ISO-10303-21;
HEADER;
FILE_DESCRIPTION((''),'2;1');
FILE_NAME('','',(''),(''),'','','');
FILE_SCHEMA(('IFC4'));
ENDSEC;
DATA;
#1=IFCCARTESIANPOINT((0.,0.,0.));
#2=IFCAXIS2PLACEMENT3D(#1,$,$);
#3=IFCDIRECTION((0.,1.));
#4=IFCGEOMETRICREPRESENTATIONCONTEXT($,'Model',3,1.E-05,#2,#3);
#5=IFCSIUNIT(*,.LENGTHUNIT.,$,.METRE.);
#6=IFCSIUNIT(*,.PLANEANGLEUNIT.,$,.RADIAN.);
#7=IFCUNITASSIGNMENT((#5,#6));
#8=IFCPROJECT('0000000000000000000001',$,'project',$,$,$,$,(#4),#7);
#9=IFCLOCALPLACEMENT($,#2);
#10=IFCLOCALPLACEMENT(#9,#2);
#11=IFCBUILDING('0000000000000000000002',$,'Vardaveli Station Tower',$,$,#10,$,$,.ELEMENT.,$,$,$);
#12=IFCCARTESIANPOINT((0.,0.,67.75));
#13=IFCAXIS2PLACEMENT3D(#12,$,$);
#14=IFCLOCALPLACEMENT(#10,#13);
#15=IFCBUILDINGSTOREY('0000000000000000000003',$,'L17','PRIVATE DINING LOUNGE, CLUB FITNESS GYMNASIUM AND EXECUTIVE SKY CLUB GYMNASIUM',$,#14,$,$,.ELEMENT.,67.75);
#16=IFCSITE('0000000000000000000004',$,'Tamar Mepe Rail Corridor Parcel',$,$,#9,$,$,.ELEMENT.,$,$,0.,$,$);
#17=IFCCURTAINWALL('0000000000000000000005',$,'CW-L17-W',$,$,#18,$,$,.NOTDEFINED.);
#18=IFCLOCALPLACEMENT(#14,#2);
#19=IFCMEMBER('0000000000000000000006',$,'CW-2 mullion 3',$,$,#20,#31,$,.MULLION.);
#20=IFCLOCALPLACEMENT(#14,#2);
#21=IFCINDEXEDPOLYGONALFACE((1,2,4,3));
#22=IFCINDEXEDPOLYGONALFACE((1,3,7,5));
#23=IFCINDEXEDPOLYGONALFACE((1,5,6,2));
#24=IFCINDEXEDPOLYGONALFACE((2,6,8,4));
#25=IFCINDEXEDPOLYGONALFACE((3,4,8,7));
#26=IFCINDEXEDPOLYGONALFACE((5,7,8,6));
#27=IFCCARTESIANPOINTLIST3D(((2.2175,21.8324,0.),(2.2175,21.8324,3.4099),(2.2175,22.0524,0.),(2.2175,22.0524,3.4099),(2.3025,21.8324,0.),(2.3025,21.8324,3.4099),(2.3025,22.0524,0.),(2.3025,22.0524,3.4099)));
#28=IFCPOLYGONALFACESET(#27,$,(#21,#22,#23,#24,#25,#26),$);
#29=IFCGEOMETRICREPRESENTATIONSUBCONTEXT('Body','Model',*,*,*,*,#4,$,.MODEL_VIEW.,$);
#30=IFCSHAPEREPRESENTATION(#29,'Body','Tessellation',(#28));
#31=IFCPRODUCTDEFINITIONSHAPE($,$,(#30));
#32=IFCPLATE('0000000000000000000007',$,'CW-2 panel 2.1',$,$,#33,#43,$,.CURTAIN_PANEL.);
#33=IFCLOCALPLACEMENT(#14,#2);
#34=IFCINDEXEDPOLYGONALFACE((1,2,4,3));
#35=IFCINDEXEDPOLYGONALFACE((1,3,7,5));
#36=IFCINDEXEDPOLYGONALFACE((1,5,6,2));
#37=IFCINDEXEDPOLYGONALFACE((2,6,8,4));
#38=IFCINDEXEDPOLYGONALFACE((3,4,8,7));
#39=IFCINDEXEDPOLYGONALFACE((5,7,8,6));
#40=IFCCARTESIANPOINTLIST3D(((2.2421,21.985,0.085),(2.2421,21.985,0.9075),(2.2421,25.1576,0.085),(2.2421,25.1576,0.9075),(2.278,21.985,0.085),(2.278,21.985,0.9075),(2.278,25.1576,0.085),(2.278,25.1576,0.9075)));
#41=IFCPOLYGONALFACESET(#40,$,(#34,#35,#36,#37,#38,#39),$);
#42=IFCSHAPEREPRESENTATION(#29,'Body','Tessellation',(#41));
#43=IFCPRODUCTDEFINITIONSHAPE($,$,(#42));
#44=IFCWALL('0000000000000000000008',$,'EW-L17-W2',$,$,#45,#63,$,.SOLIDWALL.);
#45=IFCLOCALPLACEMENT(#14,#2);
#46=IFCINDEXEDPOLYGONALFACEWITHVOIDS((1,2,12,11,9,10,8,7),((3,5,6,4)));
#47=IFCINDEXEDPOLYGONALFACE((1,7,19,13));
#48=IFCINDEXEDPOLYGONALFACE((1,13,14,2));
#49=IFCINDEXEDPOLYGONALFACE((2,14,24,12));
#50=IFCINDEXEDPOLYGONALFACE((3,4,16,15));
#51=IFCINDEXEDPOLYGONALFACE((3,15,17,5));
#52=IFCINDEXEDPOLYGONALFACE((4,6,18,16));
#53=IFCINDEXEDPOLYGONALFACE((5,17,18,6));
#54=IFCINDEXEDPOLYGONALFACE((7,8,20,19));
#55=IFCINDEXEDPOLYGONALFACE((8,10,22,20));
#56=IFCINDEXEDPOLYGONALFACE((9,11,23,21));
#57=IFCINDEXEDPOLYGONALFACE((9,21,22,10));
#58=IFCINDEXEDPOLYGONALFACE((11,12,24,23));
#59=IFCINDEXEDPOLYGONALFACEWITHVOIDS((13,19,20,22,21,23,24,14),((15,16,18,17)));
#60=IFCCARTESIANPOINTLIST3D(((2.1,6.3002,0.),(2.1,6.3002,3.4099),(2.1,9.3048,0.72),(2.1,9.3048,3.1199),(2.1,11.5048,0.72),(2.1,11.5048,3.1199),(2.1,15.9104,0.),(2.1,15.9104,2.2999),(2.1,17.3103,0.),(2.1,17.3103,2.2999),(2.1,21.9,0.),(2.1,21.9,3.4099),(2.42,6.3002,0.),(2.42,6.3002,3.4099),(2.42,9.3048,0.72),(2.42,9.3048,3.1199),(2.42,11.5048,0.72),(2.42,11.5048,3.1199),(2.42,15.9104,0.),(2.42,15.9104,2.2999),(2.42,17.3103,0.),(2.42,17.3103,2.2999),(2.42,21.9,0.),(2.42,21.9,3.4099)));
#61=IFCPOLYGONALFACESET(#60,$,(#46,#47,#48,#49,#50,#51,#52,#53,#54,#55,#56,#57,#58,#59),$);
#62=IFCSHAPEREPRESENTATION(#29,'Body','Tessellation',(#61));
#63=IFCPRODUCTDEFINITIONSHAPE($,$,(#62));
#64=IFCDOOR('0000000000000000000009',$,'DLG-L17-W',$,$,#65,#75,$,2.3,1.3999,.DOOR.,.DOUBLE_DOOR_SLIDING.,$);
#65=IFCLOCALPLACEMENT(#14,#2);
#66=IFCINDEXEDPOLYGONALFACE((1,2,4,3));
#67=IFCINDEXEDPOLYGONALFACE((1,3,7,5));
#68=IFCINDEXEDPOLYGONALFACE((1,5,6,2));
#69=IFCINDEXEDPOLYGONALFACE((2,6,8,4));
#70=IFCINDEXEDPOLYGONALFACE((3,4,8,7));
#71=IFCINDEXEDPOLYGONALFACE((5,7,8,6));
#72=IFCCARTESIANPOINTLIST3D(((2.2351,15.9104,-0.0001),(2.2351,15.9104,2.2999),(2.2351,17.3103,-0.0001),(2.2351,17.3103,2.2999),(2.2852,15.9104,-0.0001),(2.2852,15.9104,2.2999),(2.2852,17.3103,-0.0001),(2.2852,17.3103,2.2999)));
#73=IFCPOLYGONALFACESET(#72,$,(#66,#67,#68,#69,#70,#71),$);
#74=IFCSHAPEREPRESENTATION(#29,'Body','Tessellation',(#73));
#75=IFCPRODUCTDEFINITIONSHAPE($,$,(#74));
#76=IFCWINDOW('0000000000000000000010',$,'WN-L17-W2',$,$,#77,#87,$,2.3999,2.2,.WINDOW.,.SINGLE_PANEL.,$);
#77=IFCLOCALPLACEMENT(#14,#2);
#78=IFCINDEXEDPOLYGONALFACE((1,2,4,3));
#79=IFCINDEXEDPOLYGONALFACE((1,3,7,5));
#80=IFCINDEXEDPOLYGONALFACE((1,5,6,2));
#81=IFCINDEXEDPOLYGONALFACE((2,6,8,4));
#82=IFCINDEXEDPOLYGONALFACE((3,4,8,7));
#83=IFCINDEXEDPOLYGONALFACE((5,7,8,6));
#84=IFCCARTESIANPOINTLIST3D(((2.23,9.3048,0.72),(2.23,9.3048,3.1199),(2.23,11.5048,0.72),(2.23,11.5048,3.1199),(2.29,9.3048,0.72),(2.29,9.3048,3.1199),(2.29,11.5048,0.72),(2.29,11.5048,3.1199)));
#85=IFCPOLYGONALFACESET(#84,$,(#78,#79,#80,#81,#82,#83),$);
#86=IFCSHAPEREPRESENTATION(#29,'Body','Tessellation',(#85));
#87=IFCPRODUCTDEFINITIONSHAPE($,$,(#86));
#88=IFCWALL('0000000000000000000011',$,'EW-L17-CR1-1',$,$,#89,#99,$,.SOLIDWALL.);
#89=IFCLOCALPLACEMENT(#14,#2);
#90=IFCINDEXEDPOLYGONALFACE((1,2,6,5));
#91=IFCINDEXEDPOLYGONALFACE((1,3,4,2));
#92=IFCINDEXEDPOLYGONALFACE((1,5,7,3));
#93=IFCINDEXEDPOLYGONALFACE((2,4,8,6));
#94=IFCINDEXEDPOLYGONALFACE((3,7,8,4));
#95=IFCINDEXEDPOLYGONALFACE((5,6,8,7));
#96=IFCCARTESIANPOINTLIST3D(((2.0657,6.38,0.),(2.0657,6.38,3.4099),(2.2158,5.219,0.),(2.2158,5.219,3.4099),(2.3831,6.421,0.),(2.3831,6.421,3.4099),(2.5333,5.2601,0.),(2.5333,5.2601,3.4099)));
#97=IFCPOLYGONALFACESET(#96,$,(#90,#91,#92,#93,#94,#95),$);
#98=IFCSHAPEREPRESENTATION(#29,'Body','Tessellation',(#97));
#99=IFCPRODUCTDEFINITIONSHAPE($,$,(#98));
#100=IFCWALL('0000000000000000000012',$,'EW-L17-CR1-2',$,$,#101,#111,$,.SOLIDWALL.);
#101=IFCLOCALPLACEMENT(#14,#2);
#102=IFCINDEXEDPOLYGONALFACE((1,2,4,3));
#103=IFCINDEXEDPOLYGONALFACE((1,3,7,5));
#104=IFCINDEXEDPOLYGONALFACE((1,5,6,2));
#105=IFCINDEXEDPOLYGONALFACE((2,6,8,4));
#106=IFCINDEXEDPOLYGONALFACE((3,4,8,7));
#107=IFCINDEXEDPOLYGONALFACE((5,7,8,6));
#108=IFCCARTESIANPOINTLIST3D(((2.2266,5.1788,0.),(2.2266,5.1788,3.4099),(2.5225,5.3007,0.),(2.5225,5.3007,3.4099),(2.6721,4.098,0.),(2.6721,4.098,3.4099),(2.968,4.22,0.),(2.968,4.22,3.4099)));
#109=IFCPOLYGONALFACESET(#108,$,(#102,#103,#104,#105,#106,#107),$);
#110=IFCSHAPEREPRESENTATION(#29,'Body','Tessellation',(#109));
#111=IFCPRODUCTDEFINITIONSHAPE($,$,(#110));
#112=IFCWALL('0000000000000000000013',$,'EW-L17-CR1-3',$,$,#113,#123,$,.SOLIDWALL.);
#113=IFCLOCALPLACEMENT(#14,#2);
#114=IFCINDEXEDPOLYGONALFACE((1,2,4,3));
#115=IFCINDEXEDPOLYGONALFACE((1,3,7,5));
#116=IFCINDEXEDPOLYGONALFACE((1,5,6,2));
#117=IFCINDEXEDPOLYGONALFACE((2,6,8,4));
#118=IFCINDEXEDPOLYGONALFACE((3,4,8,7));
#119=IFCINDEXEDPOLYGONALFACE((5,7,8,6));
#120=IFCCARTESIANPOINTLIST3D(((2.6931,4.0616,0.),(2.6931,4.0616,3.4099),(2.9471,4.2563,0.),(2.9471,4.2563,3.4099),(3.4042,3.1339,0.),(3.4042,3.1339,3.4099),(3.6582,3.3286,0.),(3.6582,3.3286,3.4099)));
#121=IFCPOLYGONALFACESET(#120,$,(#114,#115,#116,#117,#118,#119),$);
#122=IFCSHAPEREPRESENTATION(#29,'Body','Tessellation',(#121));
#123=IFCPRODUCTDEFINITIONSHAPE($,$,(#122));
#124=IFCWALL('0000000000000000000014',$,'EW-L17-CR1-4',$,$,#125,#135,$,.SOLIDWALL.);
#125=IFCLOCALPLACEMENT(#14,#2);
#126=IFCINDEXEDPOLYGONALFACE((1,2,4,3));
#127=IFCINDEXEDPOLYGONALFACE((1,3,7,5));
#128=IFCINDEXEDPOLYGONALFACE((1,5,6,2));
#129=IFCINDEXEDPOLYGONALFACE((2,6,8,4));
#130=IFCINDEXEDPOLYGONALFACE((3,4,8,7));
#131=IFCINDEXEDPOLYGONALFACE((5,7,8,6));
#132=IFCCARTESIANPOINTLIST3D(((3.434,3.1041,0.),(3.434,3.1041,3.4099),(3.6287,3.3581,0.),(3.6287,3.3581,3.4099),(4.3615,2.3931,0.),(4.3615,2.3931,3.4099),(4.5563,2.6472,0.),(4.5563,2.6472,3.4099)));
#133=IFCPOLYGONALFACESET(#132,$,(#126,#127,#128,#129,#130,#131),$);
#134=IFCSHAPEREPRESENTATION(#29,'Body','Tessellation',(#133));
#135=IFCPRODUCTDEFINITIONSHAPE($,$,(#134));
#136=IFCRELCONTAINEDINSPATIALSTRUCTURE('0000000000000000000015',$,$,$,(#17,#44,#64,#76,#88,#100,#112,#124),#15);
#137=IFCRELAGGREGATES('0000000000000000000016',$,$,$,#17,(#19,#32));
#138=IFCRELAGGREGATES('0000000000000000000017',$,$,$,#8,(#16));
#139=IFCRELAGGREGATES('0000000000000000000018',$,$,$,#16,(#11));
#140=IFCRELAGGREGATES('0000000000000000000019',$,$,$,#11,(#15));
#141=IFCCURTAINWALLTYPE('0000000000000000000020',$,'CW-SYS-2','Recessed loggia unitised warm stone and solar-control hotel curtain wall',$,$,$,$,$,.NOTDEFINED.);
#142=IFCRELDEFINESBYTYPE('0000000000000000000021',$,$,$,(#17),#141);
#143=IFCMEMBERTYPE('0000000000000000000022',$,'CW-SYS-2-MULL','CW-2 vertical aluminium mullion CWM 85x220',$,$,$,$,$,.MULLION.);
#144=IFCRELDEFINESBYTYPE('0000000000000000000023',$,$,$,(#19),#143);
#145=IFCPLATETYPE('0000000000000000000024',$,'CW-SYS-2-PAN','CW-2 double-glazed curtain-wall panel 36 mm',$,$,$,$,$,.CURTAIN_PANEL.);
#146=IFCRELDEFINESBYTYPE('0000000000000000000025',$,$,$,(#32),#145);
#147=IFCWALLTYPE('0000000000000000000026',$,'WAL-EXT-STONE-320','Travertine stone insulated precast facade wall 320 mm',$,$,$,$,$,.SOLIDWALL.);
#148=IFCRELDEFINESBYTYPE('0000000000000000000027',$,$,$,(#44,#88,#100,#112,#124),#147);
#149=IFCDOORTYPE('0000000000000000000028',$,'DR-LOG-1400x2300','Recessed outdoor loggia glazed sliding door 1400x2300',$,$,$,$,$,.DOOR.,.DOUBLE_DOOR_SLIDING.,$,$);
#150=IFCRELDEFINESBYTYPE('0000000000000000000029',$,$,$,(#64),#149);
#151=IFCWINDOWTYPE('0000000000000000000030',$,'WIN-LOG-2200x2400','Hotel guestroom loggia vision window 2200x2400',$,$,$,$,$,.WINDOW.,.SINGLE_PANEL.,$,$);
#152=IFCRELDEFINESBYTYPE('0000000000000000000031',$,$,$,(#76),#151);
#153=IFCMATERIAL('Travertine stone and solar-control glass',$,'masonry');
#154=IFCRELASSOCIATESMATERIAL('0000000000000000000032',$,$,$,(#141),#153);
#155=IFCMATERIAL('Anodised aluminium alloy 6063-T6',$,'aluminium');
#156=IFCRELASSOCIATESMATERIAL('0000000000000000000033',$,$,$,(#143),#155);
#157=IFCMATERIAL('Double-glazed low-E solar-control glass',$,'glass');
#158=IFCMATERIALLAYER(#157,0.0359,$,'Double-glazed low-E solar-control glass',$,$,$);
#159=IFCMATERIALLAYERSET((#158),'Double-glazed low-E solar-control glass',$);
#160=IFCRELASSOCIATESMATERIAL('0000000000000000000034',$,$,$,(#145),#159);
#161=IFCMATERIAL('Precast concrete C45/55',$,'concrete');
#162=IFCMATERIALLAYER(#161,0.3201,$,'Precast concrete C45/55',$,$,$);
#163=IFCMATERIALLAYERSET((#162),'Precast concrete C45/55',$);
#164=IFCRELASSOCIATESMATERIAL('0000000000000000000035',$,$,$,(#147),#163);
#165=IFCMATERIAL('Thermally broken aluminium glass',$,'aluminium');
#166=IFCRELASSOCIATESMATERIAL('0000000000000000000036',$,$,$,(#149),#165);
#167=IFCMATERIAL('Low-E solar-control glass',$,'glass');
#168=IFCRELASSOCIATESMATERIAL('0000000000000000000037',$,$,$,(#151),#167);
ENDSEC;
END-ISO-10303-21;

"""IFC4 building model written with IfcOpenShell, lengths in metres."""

from ifc_helpers import new_model, si_unit, direction, frame, frame_2d, origin, origin_2d, place, context, subcontext, project, spatial, rectangle, extrude, source, transform, mapped, material, layer, layer_set, material_profile, profile_set, type_object, element, fill, aggregate, save


model = new_model("IFC4")

# Units and contexts
model_context = context("Model", 3, precision=1e-05, world=origin(), true_north=direction((0.0, 1.0)))
body_context = subcontext(model_context, "Body", "Model", "MODEL_VIEW")
ifc_project = project(units=[si_unit("LENGTHUNIT", "METRE"), si_unit("PLANEANGLEUNIT", "RADIAN")], contexts=[model_context])

# Site, building, storey
site_placement = place(None, origin())
site = spatial("IfcSite", under=ifc_project, at=site_placement, Name="Tamar Mepe Rail Corridor Parcel", CompositionType="ELEMENT", RefElevation=0.0)
building_placement = place(site_placement, origin())
building = spatial("IfcBuilding", under=site, at=building_placement, Name="Vardaveli Station Tower", CompositionType="ELEMENT")
storey_placement = place(building_placement, frame((0.0, 0.0, 67.75)))
storey = spatial("IfcBuildingStorey", under=building, at=storey_placement, Name="L17", Description="PRIVATE DINING LOUNGE, CLUB FITNESS GYMNASIUM AND EXECUTIVE SKY CLUB GYMNASIUM", CompositionType="ELEMENT", Elevation=67.75)

# Shared definitions
ifc_material_1 = material(Name="Precast concrete C45/55", Category="concrete")

# Curtain wall, member, plate
ifc_material_2 = material(Name="Travertine stone and solar-control glass", Category="masonry")
curtain_wall_type = type_object("IfcCurtainWallType", Name="CW-SYS-2", Description="Recessed loggia unitised warm stone and solar-control hotel curtain wall", PredefinedType="NOTDEFINED", material=ifc_material_2)
curtain_wall_placement = place(storey_placement, origin())
curtain_wall = element("IfcCurtainWall", 1, at=curtain_wall_placement, inside=storey, type_object=curtain_wall_type, Name="CW-L17-W", PredefinedType="NOTDEFINED")
ifc_material_3 = material(Name="Anodised aluminium alloy 6063-T6", Category="aluminium")
ifc_material_profile_1 = material_profile(ifc_material_3, rectangle(XDim=0.085, YDim=0.22, at=origin_2d()), Name="CWM 85x220")
ifc_profile_set_1 = profile_set([ifc_material_profile_1], Name="Anodised aluminium alloy 6063-T6")
member_type = type_object("IfcMemberType", Name="CW-SYS-2-MULL", Description="CW-2 vertical aluminium mullion CWM 85x220", PredefinedType="MULLION", material=ifc_profile_set_1)
shared_shape_1 = source(origin(), body_context, "Body", "SweptSolid", [
    extrude(rectangle(XDim=0.085, YDim=0.22, at=origin_2d()), origin(), (0.0, 0.0, 1.0), 3.4099),
])
member_placement = place(storey_placement, frame((2.26, 21.9424, 0.0), z_axis=(0.0, 0.0, 1.0), x_axis=(1.0, 0.0, 0.0)))
member = element("IfcMember", 2, at=member_placement, type_object=member_type, Name="CW-2 mullion 3", PredefinedType="MULLION", context=body_context, shape_type="MappedRepresentation", body=[
    mapped(shared_shape_1, transform((0.0, 0.0, 0.0), scale=1.0)),
])
ifc_material_4 = material(Name="Double-glazed low-E solar-control glass", Category="glass")
ifc_layer_1 = layer(ifc_material_4, 0.0359, Name="Double-glazed low-E solar-control glass")
ifc_layer_set_1 = layer_set([ifc_layer_1], Name="Double-glazed low-E solar-control glass")
plate_type = type_object("IfcPlateType", Name="CW-SYS-2-PAN", Description="CW-2 double-glazed curtain-wall panel 36 mm", PredefinedType="CURTAIN_PANEL", material=ifc_layer_set_1)
shared_shape_2 = source(origin(), body_context, "Body", "SweptSolid", [
    extrude(rectangle(XDim=3.1726, YDim=0.0359, at=origin_2d()), origin(), (0.0, 0.0, 1.0), 0.8225),
])
plate_placement = place(storey_placement, frame((2.26, 23.5713, 0.085), z_axis=(0.0, 0.0, 1.0), x_axis=(0.0, -1.0, 0.0)))
plate = element("IfcPlate", 3, at=plate_placement, type_object=plate_type, Name="CW-2 panel 2.1", PredefinedType="CURTAIN_PANEL", context=body_context, shape_type="MappedRepresentation", body=[
    mapped(shared_shape_2, transform((0.0, 0.0, 0.0), scale=1.0)),
])
aggregate(curtain_wall, [member, plate])

# Wall, openings, door, window
ifc_layer_2 = layer(ifc_material_1, 0.3201, Name="Precast concrete C45/55")
ifc_layer_set_2 = layer_set([ifc_layer_2], Name="Precast concrete C45/55")
wall_type_1 = type_object("IfcWallType", Name="WAL-EXT-STONE-320", Description="Travertine stone insulated precast facade wall 320 mm", PredefinedType="SOLIDWALL", material=ifc_layer_set_2)
shared_shape_3 = source(origin(), body_context, "Body", "SweptSolid", [
    extrude(rectangle(XDim=15.5999, YDim=0.3201, at=frame_2d((7.7998, 0.0))), origin(), (0.0, 0.0, 1.0), 3.4099),
])
wall_1_placement = place(storey_placement, frame((2.26, 21.8999, 0.0), z_axis=(0.0, 0.0, 1.0), x_axis=(0.0, -1.0, 0.0)))
wall_1 = element("IfcWall", 4, at=wall_1_placement, inside=storey, type_object=wall_type_1, Name="EW-L17-W2", PredefinedType="SOLIDWALL", context=body_context, shape_type="MappedRepresentation", body=[
    mapped(shared_shape_3, transform((0.0, 0.0, 0.0), scale=1.0)),
])
shared_shape_4 = source(origin(), body_context, "Body", "SweptSolid", [
    extrude(rectangle(XDim=1.3999, YDim=2.3, at=frame_2d((0.7, 1.1499))), frame((0.0, 0.1699, 0.0), z_axis=(0.0, -1.0, 0.0), x_axis=(1.0, 0.0, 0.0)), (0.0, 0.0, 1.0), 0.3401),
])
opening_1_placement = place(wall_1_placement, frame((4.5896, 0.0, 0.0)))
opening_1 = element("IfcOpeningElement", 5, at=opening_1_placement, cuts=wall_1, PredefinedType="OPENING", context=body_context, shape_type="MappedRepresentation", body=[
    mapped(shared_shape_4, transform((0.0, 0.0, 0.0), scale=1.0)),
])
shared_shape_5 = source(origin(), body_context, "Body", "SweptSolid", [
    extrude(rectangle(XDim=2.2, YDim=2.3999, at=frame_2d((1.1001, 1.2))), frame((0.0, 0.1699, 0.0), z_axis=(0.0, -1.0, 0.0), x_axis=(1.0, 0.0, 0.0)), (0.0, 0.0, 1.0), 0.3401),
])
opening_2_placement = place(wall_1_placement, frame((10.395, 0.0, 0.72)))
opening_2 = element("IfcOpeningElement", 6, at=opening_2_placement, cuts=wall_1, PredefinedType="OPENING", context=body_context, shape_type="MappedRepresentation", body=[
    mapped(shared_shape_5, transform((0.0, 0.0, 0.0), scale=1.0)),
])
ifc_material_5 = material(Name="Thermally broken aluminium glass", Category="aluminium")
door_type_1 = type_object("IfcDoorType", Name="DR-LOG-1400x2300", Description="Recessed outdoor loggia glazed sliding door 1400x2300", OperationType="DOUBLE_DOOR_SLIDING", PredefinedType="DOOR", material=ifc_material_5)
shared_shape_6 = source(origin(), body_context, "Body", "SweptSolid", [
    extrude(rectangle(XDim=1.3999, YDim=2.3, at=frame_2d((0.7, 1.1499))), frame((0.0, 0.0249, 0.0), z_axis=(0.0, -1.0, 0.0), x_axis=(1.0, 0.0, 0.0)), (0.0, 0.0, 1.0), 0.05),
])
door_1_placement = place(opening_1_placement, frame((1.3999, 0.0, 0.0), z_axis=(0.0, 0.0, 1.0), x_axis=(-1.0, 0.0, 0.0)))
door_1 = element("IfcDoor", 7, at=door_1_placement, inside=storey, type_object=door_type_1, Name="DLG-L17-W", OperationType="DOUBLE_DOOR_SLIDING", OverallHeight=2.3, OverallWidth=1.3999, PredefinedType="DOOR", context=body_context, shape_type="MappedRepresentation", body=[
    mapped(shared_shape_6, transform((0.0, 0.0, 0.0), scale=1.0)),
])
fill(opening_1, door_1)
ifc_material_6 = material(Name="Low-E solar-control glass", Category="glass")
window_type = type_object("IfcWindowType", Name="WIN-LOG-2200x2400", Description="Hotel guestroom loggia vision window 2200x2400", PartitioningType="SINGLE_PANEL", PredefinedType="WINDOW", material=ifc_material_6)
shared_shape_7 = source(origin(), body_context, "Body", "SweptSolid", [
    extrude(rectangle(XDim=2.2, YDim=2.3999, at=frame_2d((1.1001, 1.2))), frame((0.0, 0.03, 0.0), z_axis=(0.0, -1.0, 0.0), x_axis=(1.0, 0.0, 0.0)), (0.0, 0.0, 1.0), 0.0601),
])
window_placement = place(opening_2_placement, origin())
window = element("IfcWindow", 8, at=window_placement, inside=storey, type_object=window_type, Name="WN-L17-W2", OverallHeight=2.3999, OverallWidth=2.2, PartitioningType="SINGLE_PANEL", PredefinedType="WINDOW", context=body_context, shape_type="MappedRepresentation", body=[
    mapped(shared_shape_7, transform((0.0, 0.0, 0.0), scale=1.0)),
])
fill(opening_2, window)

# Walls
shared_shape_8 = source(origin(), body_context, "Body", "SweptSolid", [
    extrude(rectangle(XDim=1.1707, YDim=0.3201, at=frame_2d((0.5854, 0.0))), origin(), (0.0, 0.0, 1.0), 3.4099),
])
wall_2_placement = place(storey_placement, frame((2.2244, 6.4006, 0.0), z_axis=(0.0, 0.0, 1.0), x_axis=(0.128269, -0.991739, 0.0)))
element("IfcWall", 9, at=wall_2_placement, inside=storey, type_object=wall_type_1, Name="EW-L17-CR1-1", PredefinedType="SOLIDWALL", context=body_context, shape_type="MappedRepresentation", body=[
    mapped(shared_shape_8, transform((0.0, 0.0, 0.0), scale=1.0)),
])
shared_shape_9 = source(origin(), body_context, "Body", "SweptSolid", [
    extrude(rectangle(XDim=1.1689, YDim=0.3201, at=frame_2d((0.5845, 0.0))), origin(), (0.0, 0.0, 1.0), 3.4099),
])
for number, where, z_axis, x_axis, name in (
    (10, (2.3745, 5.2397, 0.0), (0.0, 0.0, 1.0), (0.381128, -0.924522, 0.0), "EW-L17-CR1-2"),
    (11, (2.8201, 4.1589, 0.0), (0.0, 0.0, 1.0), (0.608388, -0.79364, 0.0), "EW-L17-CR1-3"),
):
    element("IfcWall", number, at=place(storey_placement, frame(where, z_axis=z_axis, x_axis=x_axis)), inside=storey, type_object=wall_type_1, Name=name, PredefinedType="SOLIDWALL", context=body_context, shape_type="MappedRepresentation", body=[
        mapped(shared_shape_9, transform((0.0, 0.0, 0.0), scale=1.0)),
    ])
shared_shape_10 = source(origin(), body_context, "Body", "SweptSolid", [
    extrude(rectangle(XDim=1.1687, YDim=0.3201, at=frame_2d((0.5845, 0.0))), origin(), (0.0, 0.0, 1.0), 3.4099),
])
wall_3_placement = place(storey_placement, frame((3.5312, 3.2312, 0.0), z_axis=(0.0, 0.0, 1.0), x_axis=(0.793664, -0.608357, 0.0)))
element("IfcWall", 12, at=wall_3_placement, inside=storey, type_object=wall_type_1, Name="EW-L17-CR1-4", PredefinedType="SOLIDWALL", context=body_context, shape_type="MappedRepresentation", body=[
    mapped(shared_shape_10, transform((0.0, 0.0, 0.0), scale=1.0)),
])

save(model, "model.ifc")
